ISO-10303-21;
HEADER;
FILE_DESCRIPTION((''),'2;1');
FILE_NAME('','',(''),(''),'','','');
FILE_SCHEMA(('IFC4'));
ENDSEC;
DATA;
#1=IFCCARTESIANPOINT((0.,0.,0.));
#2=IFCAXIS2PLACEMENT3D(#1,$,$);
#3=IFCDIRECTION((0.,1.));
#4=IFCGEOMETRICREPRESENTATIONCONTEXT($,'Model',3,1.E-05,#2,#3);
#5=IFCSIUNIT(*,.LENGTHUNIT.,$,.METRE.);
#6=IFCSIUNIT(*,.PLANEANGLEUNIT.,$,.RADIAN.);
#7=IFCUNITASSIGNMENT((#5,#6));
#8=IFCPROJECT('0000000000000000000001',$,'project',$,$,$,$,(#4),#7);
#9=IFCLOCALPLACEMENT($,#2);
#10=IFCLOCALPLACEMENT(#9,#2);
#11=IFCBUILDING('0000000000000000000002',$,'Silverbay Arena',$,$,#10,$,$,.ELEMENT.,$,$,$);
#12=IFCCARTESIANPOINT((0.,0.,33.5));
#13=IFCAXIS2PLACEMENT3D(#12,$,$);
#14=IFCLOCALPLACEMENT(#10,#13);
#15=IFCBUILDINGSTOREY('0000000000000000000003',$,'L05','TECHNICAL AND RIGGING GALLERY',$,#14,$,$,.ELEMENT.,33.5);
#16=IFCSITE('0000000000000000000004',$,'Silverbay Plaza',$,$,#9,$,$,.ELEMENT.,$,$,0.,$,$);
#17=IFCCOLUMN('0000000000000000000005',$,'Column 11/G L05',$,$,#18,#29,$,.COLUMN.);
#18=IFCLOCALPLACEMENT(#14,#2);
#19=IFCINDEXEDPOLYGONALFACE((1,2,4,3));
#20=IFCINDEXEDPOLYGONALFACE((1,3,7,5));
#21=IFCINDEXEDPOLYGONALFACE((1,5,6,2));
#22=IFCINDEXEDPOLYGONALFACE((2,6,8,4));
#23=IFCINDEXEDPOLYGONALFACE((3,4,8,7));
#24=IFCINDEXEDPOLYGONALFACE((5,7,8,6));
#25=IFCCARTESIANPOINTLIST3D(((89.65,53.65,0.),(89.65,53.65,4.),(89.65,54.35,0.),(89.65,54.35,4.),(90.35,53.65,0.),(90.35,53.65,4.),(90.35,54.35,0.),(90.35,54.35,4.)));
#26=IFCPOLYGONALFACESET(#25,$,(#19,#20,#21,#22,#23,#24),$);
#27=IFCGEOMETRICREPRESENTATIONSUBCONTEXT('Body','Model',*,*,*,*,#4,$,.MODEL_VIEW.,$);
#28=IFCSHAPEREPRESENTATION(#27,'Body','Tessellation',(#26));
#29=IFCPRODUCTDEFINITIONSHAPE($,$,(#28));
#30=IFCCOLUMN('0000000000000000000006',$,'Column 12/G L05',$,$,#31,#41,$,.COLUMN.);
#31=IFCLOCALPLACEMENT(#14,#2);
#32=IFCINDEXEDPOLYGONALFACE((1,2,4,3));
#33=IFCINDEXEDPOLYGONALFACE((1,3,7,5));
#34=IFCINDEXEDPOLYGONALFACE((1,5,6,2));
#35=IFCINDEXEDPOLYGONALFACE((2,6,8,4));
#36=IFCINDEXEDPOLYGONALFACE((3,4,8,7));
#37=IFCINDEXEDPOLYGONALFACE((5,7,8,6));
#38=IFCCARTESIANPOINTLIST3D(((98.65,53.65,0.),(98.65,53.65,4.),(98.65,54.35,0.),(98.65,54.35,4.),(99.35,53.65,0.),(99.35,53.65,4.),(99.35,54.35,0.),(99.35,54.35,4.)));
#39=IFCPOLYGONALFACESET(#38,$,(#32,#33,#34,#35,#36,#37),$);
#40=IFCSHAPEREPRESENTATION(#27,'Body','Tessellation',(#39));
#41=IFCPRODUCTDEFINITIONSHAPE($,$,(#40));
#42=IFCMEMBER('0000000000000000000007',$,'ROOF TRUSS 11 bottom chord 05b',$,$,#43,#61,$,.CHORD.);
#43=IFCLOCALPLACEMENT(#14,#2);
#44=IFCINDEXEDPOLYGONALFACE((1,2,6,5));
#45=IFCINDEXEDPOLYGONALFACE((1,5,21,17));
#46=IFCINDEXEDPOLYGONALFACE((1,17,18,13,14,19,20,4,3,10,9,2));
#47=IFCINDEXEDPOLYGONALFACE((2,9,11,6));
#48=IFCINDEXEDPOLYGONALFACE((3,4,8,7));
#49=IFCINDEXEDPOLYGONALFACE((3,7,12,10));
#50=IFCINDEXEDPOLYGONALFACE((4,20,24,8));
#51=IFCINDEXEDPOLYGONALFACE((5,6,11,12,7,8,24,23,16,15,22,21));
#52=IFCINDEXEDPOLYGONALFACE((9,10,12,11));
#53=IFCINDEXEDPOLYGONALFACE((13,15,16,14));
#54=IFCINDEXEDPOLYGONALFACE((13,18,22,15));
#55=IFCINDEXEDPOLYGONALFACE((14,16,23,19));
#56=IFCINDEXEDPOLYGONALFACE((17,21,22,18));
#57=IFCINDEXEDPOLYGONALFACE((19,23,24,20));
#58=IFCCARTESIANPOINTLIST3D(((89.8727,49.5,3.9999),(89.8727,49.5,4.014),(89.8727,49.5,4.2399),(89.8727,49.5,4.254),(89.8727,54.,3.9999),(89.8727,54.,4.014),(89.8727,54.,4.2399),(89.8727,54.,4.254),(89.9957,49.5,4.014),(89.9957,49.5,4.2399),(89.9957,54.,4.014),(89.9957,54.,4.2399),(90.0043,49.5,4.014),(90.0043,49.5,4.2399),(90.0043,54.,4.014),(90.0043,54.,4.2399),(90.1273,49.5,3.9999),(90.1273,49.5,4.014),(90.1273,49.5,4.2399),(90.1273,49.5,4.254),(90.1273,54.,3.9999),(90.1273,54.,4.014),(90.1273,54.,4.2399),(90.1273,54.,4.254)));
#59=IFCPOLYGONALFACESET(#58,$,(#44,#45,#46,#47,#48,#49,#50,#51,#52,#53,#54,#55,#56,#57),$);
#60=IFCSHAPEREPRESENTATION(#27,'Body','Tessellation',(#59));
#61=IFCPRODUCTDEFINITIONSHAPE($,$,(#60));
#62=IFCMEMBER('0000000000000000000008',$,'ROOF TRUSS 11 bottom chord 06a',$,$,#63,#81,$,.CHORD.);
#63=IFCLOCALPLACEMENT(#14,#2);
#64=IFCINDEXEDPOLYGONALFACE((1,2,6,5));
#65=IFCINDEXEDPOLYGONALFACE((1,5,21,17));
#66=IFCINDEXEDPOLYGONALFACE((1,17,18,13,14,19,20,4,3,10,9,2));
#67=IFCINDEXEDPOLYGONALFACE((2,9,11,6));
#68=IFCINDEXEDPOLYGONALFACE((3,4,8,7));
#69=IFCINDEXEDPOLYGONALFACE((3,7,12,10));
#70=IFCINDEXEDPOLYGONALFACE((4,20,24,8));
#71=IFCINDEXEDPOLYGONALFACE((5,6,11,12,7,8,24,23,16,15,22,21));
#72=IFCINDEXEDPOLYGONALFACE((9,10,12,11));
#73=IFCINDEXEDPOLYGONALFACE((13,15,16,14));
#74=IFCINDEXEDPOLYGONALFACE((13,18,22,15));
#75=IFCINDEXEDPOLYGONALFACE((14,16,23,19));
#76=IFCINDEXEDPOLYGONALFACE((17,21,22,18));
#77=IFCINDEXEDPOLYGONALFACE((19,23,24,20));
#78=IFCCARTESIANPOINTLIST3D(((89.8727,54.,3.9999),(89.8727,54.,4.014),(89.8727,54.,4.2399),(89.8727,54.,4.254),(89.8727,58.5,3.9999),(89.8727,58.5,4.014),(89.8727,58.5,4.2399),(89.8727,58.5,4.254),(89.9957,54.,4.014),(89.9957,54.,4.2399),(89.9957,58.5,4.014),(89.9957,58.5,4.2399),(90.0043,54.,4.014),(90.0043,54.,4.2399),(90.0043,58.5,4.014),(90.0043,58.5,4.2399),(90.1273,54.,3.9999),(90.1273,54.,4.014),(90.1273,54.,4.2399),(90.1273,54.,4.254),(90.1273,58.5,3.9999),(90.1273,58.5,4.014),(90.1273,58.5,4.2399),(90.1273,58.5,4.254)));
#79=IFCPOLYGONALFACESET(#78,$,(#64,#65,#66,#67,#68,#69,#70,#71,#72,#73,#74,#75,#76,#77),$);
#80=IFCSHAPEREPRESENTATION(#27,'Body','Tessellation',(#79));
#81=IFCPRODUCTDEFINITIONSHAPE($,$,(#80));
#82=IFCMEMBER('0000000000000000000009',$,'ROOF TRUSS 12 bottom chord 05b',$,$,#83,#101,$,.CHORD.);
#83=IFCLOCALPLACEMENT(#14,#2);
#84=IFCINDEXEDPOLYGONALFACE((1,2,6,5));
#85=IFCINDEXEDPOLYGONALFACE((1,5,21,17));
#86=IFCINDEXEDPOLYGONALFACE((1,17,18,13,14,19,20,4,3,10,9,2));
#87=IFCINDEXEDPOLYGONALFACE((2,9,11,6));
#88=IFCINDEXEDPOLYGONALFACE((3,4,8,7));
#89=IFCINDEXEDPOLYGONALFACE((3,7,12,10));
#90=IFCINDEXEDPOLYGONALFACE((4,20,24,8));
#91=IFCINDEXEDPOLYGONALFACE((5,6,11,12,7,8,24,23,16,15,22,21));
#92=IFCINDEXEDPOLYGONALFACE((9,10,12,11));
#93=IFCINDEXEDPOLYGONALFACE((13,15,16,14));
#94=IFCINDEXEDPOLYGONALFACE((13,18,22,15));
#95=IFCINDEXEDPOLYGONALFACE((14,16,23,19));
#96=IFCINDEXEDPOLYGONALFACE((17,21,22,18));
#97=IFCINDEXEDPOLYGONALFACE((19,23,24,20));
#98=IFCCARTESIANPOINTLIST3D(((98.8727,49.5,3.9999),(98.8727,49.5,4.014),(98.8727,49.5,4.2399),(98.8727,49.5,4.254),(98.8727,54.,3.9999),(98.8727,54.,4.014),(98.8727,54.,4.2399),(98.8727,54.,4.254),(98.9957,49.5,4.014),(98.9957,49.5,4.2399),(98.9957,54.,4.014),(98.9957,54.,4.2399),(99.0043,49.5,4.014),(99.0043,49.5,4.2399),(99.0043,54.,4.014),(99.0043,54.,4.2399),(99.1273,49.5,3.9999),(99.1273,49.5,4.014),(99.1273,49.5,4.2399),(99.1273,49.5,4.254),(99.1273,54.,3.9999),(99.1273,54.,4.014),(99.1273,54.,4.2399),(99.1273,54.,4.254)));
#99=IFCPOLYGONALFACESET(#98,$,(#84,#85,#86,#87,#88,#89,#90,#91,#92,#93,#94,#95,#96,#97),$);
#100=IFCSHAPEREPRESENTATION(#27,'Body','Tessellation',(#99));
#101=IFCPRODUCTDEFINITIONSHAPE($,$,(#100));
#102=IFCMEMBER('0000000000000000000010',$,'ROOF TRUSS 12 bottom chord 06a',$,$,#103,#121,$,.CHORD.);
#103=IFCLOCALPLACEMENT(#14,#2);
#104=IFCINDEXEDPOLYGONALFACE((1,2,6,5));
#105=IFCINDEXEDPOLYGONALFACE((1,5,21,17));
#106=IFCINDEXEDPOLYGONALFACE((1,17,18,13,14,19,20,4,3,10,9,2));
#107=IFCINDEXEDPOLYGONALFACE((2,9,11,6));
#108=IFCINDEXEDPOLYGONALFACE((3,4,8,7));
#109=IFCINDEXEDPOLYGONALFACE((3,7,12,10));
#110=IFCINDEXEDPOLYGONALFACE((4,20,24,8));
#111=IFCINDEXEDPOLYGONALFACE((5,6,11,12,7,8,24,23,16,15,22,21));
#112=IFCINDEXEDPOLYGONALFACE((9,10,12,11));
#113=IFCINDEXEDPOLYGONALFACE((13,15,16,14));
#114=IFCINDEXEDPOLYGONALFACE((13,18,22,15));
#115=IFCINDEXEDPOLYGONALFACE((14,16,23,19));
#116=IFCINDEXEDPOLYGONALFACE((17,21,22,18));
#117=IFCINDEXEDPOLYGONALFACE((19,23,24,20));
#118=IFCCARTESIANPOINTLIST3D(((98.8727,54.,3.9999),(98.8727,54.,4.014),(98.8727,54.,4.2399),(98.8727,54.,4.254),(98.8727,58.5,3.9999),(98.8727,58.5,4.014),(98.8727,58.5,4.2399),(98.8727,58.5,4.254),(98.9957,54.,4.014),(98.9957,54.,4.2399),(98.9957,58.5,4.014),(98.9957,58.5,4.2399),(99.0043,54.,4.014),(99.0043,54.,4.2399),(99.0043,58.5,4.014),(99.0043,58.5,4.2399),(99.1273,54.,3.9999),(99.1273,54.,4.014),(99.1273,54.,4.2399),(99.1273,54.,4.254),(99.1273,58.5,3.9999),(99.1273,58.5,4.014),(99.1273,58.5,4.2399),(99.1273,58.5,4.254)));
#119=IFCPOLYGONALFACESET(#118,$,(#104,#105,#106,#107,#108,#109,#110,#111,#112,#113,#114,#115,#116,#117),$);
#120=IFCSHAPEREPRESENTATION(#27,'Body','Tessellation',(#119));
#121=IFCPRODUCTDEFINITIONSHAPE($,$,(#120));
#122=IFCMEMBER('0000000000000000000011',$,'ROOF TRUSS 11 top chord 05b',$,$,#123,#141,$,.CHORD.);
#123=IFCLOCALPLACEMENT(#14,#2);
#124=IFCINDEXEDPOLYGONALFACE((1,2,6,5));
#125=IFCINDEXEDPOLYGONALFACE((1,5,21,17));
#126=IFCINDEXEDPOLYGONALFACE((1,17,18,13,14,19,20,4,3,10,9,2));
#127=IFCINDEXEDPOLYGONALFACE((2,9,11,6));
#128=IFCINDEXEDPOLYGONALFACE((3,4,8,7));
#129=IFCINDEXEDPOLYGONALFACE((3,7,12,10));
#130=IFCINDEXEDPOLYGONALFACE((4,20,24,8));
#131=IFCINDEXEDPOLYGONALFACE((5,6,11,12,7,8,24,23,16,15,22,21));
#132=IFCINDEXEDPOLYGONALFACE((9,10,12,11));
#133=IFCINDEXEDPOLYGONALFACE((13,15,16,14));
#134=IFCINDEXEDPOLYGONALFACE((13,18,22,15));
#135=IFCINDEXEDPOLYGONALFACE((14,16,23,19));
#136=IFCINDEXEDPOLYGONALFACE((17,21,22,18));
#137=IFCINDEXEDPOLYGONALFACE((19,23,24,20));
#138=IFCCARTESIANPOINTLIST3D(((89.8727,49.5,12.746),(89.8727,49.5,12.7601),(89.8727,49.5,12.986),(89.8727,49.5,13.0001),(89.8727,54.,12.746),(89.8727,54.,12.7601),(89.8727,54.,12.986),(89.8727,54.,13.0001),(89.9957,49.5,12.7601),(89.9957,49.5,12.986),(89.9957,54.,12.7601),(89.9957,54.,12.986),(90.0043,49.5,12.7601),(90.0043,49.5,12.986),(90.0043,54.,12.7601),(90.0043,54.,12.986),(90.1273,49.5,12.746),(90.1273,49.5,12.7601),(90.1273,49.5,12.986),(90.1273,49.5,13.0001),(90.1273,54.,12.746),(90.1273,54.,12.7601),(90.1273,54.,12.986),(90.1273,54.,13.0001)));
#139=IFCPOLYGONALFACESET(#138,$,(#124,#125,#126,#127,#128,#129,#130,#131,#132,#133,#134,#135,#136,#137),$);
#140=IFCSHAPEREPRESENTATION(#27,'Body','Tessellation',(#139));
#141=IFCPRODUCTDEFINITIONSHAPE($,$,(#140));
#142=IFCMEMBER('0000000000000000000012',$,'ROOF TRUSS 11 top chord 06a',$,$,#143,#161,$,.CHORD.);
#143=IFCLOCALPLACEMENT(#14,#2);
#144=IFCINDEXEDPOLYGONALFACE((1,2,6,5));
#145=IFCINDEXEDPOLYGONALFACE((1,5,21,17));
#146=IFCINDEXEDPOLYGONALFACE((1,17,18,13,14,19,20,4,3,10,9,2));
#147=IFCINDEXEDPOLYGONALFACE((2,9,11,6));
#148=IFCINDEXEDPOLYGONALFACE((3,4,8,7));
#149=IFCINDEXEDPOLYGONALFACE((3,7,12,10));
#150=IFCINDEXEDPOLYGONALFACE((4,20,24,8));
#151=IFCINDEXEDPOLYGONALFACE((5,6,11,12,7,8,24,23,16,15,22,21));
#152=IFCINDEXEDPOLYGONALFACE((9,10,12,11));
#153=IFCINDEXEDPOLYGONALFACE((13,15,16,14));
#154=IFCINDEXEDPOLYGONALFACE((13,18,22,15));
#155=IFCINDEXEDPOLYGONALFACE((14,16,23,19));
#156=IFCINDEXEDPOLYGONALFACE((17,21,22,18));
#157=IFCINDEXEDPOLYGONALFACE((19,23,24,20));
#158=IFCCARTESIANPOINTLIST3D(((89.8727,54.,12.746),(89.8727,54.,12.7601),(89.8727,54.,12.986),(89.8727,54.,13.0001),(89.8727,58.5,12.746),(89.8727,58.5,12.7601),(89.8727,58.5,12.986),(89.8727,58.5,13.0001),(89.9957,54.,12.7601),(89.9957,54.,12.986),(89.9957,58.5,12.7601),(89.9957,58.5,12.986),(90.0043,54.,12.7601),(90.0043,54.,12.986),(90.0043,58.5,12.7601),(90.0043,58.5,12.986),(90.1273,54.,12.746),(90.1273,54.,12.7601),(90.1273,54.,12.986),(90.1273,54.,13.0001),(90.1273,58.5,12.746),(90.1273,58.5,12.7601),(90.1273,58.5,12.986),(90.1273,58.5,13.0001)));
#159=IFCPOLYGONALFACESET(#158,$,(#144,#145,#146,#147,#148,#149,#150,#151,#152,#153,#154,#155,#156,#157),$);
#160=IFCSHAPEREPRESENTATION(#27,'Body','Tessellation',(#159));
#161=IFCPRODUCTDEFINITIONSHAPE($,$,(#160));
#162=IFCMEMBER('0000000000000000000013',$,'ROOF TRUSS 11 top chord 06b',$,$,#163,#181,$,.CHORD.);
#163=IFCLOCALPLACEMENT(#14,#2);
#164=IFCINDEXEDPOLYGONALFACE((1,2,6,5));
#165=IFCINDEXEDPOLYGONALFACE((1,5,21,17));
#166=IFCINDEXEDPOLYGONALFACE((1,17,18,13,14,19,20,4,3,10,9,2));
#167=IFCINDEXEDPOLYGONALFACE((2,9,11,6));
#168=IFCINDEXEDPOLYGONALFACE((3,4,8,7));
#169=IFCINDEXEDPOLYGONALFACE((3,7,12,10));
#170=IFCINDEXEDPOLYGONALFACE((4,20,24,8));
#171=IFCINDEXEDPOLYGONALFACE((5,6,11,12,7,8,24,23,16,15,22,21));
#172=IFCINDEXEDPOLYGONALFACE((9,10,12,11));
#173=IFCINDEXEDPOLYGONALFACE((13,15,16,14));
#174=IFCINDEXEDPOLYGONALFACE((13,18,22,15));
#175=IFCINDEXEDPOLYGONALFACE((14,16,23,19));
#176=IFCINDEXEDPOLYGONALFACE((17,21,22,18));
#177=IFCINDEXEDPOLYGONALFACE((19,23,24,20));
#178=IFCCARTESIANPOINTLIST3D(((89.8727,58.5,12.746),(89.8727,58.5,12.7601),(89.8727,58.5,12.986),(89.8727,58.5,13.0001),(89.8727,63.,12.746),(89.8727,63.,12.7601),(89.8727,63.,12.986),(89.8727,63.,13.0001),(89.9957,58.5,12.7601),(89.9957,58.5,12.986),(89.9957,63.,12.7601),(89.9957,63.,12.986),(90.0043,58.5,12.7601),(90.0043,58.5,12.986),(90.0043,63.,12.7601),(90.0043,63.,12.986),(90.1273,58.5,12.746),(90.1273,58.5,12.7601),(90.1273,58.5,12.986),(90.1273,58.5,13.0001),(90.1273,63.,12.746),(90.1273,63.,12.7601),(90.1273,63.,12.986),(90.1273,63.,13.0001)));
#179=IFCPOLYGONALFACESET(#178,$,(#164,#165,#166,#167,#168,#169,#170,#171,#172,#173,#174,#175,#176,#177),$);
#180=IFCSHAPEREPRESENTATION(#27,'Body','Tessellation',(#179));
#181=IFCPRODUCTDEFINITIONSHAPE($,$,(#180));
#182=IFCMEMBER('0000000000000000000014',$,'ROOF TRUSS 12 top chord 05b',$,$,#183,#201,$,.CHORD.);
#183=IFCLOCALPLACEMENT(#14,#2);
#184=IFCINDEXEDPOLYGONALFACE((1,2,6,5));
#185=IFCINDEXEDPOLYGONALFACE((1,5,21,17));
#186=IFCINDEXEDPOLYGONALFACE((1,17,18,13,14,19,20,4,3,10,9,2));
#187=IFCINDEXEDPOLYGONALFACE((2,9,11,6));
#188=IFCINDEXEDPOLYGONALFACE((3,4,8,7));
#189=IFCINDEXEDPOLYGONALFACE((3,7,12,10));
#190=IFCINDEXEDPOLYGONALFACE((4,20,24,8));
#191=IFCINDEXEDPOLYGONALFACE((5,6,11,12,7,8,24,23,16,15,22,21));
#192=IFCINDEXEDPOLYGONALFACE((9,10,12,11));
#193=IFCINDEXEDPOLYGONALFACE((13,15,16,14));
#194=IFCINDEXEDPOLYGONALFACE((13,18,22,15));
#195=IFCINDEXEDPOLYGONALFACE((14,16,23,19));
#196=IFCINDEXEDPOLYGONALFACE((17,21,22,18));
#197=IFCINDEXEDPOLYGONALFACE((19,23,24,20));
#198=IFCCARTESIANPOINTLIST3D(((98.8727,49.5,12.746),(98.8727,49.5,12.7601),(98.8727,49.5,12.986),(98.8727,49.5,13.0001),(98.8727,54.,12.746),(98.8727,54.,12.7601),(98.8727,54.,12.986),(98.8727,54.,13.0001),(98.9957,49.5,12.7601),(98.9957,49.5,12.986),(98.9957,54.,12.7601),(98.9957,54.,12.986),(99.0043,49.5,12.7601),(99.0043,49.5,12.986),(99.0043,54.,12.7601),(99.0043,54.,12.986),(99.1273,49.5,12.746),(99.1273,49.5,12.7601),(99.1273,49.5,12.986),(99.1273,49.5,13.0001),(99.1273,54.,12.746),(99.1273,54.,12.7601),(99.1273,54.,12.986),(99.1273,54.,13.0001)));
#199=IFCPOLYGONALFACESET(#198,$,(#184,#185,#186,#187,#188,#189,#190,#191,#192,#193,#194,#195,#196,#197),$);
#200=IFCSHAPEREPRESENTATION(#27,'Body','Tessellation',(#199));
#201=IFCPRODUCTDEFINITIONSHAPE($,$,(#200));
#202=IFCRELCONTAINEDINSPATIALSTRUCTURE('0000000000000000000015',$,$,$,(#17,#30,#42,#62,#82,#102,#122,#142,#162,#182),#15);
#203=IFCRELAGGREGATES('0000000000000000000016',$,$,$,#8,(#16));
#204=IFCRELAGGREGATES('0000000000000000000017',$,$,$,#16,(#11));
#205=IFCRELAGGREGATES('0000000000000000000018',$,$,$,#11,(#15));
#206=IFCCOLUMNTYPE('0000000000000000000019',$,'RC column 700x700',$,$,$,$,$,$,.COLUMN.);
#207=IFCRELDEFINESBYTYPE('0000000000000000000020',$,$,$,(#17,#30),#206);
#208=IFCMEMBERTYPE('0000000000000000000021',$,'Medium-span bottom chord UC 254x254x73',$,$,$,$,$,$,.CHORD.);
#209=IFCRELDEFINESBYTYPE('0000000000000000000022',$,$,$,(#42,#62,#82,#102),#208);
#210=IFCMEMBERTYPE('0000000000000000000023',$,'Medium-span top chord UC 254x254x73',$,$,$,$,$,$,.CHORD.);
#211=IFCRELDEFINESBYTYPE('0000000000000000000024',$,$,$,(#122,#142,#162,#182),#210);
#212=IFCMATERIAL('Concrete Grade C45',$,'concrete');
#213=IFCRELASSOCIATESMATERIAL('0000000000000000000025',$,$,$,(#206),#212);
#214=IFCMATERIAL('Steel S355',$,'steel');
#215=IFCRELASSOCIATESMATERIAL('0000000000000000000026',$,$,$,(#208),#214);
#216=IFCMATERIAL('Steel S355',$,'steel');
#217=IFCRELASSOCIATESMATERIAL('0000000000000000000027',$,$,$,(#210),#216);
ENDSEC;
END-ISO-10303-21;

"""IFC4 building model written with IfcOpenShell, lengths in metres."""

from ifc_helpers import new_model, si_unit, direction, frame, origin, origin_2d, place, context, subcontext, project, spatial, rectangle, i_section, extrude, material, material_profile, profile_set, type_object, element, save


model = new_model("IFC4")

# Units and contexts
model_context = context("Model", 3, precision=1e-05, world=origin(), true_north=direction((0.0, 1.0)))
body_context = subcontext(model_context, "Body", "Model", "MODEL_VIEW")
ifc_project = project(units=[si_unit("LENGTHUNIT", "METRE"), si_unit("PLANEANGLEUNIT", "RADIAN")], contexts=[model_context])

# Site, building, storey
site_placement = place(None, origin())
site = spatial("IfcSite", under=ifc_project, at=site_placement, Name="Silverbay Plaza", CompositionType="ELEMENT", RefElevation=0.0)
building_placement = place(site_placement, origin())
building = spatial("IfcBuilding", under=site, at=building_placement, Name="Silverbay Arena", CompositionType="ELEMENT")
storey_placement = place(building_placement, frame((0.0, 0.0, 33.5)))
storey = spatial("IfcBuildingStorey", under=building, at=storey_placement, Name="L05", Description="TECHNICAL AND RIGGING GALLERY", CompositionType="ELEMENT", Elevation=33.5)

# Columns
ifc_material_1 = material(Name="Concrete Grade C45", Category="concrete")
ifc_material_profile_1 = material_profile(ifc_material_1, rectangle(XDim=0.7, YDim=0.7, at=origin_2d()), Name="RC 700x700")
ifc_profile_set_1 = profile_set([ifc_material_profile_1], Name="Concrete Grade C45")
column_type = type_object("IfcColumnType", Name="RC column 700x700", PredefinedType="COLUMN", material=ifc_profile_set_1)
for number, where, z_axis, x_axis, name in (
    (1, (90.0, 54.0, 0.0), (0.0, 0.0, 1.0), (1.0, 0.0, 0.0), "Column 11/G L05"),
    (2, (99.0, 54.0, 0.0), (0.0, 0.0, 1.0), (1.0, 0.0, 0.0), "Column 12/G L05"),
):
    element("IfcColumn", number, at=place(storey_placement, frame(where, z_axis=z_axis, x_axis=x_axis)), inside=storey, type_object=column_type, Name=name, PredefinedType="COLUMN", context=body_context, shape_type="SweptSolid", body=[
        extrude(rectangle(XDim=0.7, YDim=0.7, at=origin_2d()), origin(), (0.0, 0.0, 1.0), 4.0),
    ])

# Members
ifc_material_2 = material(Name="Steel S355", Category="steel")
ifc_material_profile_2 = material_profile(ifc_material_2, i_section(OverallWidth=0.2546, OverallDepth=0.2542, WebThickness=0.0085, FlangeThickness=0.0142, at=origin_2d()), Name="UC 254x254x73")
ifc_profile_set_2 = profile_set([ifc_material_profile_2], Name="Steel S355")
member_type_1 = type_object("IfcMemberType", Name="Medium-span bottom chord UC 254x254x73", PredefinedType="CHORD", material=ifc_profile_set_2)
for number, where, z_axis, x_axis, name in (
    (3, (90.0, 49.5, 4.127), (0.0, 1.0, 0.0), (-1.0, 0.0, 0.0), "ROOF TRUSS 11 bottom chord 05b"),
    (4, (90.0, 54.0, 4.127), (0.0, 1.0, 0.0), (-1.0, 0.0, 0.0), "ROOF TRUSS 11 bottom chord 06a"),
    (5, (99.0, 49.5, 4.127), (0.0, 1.0, 0.0), (-1.0, 0.0, 0.0), "ROOF TRUSS 12 bottom chord 05b"),
    (6, (99.0, 54.0, 4.127), (0.0, 1.0, 0.0), (-1.0, 0.0, 0.0), "ROOF TRUSS 12 bottom chord 06a"),
):
    element("IfcMember", number, at=place(storey_placement, frame(where, z_axis=z_axis, x_axis=x_axis)), inside=storey, type_object=member_type_1, Name=name, PredefinedType="CHORD", context=body_context, shape_type="SweptSolid", body=[
        extrude(i_section(OverallWidth=0.2546, OverallDepth=0.2542, WebThickness=0.0085, FlangeThickness=0.0142, at=origin_2d()), origin(), (0.0, 0.0, 1.0), 4.5),
    ])
ifc_material_3 = material(Name="Steel S355", Category="steel")
ifc_material_profile_3 = material_profile(ifc_material_3, i_section(OverallWidth=0.2546, OverallDepth=0.2542, WebThickness=0.0085, FlangeThickness=0.0142, at=origin_2d()), Name="UC 254x254x73")
ifc_profile_set_3 = profile_set([ifc_material_profile_3], Name="Steel S355")
member_type_2 = type_object("IfcMemberType", Name="Medium-span top chord UC 254x254x73", PredefinedType="CHORD", material=ifc_profile_set_3)
for number, where, z_axis, x_axis, name in (
    (7, (90.0, 49.5, 12.873), (0.0, 1.0, 0.0), (-1.0, 0.0, 0.0), "ROOF TRUSS 11 top chord 05b"),
    (8, (90.0, 54.0, 12.873), (0.0, 1.0, 0.0), (-1.0, 0.0, 0.0), "ROOF TRUSS 11 top chord 06a"),
    (9, (90.0, 58.5, 12.873), (0.0, 1.0, 0.0), (-1.0, 0.0, 0.0), "ROOF TRUSS 11 top chord 06b"),
    (10, (99.0, 49.5, 12.873), (0.0, 1.0, 0.0), (-1.0, 0.0, 0.0), "ROOF TRUSS 12 top chord 05b"),
):
    element("IfcMember", number, at=place(storey_placement, frame(where, z_axis=z_axis, x_axis=x_axis)), inside=storey, type_object=member_type_2, Name=name, PredefinedType="CHORD", context=body_context, shape_type="SweptSolid", body=[
        extrude(i_section(OverallWidth=0.2546, OverallDepth=0.2542, WebThickness=0.0085, FlangeThickness=0.0142, at=origin_2d()), origin(), (0.0, 0.0, 1.0), 4.5),
    ])

save(model, "model.ifc")
